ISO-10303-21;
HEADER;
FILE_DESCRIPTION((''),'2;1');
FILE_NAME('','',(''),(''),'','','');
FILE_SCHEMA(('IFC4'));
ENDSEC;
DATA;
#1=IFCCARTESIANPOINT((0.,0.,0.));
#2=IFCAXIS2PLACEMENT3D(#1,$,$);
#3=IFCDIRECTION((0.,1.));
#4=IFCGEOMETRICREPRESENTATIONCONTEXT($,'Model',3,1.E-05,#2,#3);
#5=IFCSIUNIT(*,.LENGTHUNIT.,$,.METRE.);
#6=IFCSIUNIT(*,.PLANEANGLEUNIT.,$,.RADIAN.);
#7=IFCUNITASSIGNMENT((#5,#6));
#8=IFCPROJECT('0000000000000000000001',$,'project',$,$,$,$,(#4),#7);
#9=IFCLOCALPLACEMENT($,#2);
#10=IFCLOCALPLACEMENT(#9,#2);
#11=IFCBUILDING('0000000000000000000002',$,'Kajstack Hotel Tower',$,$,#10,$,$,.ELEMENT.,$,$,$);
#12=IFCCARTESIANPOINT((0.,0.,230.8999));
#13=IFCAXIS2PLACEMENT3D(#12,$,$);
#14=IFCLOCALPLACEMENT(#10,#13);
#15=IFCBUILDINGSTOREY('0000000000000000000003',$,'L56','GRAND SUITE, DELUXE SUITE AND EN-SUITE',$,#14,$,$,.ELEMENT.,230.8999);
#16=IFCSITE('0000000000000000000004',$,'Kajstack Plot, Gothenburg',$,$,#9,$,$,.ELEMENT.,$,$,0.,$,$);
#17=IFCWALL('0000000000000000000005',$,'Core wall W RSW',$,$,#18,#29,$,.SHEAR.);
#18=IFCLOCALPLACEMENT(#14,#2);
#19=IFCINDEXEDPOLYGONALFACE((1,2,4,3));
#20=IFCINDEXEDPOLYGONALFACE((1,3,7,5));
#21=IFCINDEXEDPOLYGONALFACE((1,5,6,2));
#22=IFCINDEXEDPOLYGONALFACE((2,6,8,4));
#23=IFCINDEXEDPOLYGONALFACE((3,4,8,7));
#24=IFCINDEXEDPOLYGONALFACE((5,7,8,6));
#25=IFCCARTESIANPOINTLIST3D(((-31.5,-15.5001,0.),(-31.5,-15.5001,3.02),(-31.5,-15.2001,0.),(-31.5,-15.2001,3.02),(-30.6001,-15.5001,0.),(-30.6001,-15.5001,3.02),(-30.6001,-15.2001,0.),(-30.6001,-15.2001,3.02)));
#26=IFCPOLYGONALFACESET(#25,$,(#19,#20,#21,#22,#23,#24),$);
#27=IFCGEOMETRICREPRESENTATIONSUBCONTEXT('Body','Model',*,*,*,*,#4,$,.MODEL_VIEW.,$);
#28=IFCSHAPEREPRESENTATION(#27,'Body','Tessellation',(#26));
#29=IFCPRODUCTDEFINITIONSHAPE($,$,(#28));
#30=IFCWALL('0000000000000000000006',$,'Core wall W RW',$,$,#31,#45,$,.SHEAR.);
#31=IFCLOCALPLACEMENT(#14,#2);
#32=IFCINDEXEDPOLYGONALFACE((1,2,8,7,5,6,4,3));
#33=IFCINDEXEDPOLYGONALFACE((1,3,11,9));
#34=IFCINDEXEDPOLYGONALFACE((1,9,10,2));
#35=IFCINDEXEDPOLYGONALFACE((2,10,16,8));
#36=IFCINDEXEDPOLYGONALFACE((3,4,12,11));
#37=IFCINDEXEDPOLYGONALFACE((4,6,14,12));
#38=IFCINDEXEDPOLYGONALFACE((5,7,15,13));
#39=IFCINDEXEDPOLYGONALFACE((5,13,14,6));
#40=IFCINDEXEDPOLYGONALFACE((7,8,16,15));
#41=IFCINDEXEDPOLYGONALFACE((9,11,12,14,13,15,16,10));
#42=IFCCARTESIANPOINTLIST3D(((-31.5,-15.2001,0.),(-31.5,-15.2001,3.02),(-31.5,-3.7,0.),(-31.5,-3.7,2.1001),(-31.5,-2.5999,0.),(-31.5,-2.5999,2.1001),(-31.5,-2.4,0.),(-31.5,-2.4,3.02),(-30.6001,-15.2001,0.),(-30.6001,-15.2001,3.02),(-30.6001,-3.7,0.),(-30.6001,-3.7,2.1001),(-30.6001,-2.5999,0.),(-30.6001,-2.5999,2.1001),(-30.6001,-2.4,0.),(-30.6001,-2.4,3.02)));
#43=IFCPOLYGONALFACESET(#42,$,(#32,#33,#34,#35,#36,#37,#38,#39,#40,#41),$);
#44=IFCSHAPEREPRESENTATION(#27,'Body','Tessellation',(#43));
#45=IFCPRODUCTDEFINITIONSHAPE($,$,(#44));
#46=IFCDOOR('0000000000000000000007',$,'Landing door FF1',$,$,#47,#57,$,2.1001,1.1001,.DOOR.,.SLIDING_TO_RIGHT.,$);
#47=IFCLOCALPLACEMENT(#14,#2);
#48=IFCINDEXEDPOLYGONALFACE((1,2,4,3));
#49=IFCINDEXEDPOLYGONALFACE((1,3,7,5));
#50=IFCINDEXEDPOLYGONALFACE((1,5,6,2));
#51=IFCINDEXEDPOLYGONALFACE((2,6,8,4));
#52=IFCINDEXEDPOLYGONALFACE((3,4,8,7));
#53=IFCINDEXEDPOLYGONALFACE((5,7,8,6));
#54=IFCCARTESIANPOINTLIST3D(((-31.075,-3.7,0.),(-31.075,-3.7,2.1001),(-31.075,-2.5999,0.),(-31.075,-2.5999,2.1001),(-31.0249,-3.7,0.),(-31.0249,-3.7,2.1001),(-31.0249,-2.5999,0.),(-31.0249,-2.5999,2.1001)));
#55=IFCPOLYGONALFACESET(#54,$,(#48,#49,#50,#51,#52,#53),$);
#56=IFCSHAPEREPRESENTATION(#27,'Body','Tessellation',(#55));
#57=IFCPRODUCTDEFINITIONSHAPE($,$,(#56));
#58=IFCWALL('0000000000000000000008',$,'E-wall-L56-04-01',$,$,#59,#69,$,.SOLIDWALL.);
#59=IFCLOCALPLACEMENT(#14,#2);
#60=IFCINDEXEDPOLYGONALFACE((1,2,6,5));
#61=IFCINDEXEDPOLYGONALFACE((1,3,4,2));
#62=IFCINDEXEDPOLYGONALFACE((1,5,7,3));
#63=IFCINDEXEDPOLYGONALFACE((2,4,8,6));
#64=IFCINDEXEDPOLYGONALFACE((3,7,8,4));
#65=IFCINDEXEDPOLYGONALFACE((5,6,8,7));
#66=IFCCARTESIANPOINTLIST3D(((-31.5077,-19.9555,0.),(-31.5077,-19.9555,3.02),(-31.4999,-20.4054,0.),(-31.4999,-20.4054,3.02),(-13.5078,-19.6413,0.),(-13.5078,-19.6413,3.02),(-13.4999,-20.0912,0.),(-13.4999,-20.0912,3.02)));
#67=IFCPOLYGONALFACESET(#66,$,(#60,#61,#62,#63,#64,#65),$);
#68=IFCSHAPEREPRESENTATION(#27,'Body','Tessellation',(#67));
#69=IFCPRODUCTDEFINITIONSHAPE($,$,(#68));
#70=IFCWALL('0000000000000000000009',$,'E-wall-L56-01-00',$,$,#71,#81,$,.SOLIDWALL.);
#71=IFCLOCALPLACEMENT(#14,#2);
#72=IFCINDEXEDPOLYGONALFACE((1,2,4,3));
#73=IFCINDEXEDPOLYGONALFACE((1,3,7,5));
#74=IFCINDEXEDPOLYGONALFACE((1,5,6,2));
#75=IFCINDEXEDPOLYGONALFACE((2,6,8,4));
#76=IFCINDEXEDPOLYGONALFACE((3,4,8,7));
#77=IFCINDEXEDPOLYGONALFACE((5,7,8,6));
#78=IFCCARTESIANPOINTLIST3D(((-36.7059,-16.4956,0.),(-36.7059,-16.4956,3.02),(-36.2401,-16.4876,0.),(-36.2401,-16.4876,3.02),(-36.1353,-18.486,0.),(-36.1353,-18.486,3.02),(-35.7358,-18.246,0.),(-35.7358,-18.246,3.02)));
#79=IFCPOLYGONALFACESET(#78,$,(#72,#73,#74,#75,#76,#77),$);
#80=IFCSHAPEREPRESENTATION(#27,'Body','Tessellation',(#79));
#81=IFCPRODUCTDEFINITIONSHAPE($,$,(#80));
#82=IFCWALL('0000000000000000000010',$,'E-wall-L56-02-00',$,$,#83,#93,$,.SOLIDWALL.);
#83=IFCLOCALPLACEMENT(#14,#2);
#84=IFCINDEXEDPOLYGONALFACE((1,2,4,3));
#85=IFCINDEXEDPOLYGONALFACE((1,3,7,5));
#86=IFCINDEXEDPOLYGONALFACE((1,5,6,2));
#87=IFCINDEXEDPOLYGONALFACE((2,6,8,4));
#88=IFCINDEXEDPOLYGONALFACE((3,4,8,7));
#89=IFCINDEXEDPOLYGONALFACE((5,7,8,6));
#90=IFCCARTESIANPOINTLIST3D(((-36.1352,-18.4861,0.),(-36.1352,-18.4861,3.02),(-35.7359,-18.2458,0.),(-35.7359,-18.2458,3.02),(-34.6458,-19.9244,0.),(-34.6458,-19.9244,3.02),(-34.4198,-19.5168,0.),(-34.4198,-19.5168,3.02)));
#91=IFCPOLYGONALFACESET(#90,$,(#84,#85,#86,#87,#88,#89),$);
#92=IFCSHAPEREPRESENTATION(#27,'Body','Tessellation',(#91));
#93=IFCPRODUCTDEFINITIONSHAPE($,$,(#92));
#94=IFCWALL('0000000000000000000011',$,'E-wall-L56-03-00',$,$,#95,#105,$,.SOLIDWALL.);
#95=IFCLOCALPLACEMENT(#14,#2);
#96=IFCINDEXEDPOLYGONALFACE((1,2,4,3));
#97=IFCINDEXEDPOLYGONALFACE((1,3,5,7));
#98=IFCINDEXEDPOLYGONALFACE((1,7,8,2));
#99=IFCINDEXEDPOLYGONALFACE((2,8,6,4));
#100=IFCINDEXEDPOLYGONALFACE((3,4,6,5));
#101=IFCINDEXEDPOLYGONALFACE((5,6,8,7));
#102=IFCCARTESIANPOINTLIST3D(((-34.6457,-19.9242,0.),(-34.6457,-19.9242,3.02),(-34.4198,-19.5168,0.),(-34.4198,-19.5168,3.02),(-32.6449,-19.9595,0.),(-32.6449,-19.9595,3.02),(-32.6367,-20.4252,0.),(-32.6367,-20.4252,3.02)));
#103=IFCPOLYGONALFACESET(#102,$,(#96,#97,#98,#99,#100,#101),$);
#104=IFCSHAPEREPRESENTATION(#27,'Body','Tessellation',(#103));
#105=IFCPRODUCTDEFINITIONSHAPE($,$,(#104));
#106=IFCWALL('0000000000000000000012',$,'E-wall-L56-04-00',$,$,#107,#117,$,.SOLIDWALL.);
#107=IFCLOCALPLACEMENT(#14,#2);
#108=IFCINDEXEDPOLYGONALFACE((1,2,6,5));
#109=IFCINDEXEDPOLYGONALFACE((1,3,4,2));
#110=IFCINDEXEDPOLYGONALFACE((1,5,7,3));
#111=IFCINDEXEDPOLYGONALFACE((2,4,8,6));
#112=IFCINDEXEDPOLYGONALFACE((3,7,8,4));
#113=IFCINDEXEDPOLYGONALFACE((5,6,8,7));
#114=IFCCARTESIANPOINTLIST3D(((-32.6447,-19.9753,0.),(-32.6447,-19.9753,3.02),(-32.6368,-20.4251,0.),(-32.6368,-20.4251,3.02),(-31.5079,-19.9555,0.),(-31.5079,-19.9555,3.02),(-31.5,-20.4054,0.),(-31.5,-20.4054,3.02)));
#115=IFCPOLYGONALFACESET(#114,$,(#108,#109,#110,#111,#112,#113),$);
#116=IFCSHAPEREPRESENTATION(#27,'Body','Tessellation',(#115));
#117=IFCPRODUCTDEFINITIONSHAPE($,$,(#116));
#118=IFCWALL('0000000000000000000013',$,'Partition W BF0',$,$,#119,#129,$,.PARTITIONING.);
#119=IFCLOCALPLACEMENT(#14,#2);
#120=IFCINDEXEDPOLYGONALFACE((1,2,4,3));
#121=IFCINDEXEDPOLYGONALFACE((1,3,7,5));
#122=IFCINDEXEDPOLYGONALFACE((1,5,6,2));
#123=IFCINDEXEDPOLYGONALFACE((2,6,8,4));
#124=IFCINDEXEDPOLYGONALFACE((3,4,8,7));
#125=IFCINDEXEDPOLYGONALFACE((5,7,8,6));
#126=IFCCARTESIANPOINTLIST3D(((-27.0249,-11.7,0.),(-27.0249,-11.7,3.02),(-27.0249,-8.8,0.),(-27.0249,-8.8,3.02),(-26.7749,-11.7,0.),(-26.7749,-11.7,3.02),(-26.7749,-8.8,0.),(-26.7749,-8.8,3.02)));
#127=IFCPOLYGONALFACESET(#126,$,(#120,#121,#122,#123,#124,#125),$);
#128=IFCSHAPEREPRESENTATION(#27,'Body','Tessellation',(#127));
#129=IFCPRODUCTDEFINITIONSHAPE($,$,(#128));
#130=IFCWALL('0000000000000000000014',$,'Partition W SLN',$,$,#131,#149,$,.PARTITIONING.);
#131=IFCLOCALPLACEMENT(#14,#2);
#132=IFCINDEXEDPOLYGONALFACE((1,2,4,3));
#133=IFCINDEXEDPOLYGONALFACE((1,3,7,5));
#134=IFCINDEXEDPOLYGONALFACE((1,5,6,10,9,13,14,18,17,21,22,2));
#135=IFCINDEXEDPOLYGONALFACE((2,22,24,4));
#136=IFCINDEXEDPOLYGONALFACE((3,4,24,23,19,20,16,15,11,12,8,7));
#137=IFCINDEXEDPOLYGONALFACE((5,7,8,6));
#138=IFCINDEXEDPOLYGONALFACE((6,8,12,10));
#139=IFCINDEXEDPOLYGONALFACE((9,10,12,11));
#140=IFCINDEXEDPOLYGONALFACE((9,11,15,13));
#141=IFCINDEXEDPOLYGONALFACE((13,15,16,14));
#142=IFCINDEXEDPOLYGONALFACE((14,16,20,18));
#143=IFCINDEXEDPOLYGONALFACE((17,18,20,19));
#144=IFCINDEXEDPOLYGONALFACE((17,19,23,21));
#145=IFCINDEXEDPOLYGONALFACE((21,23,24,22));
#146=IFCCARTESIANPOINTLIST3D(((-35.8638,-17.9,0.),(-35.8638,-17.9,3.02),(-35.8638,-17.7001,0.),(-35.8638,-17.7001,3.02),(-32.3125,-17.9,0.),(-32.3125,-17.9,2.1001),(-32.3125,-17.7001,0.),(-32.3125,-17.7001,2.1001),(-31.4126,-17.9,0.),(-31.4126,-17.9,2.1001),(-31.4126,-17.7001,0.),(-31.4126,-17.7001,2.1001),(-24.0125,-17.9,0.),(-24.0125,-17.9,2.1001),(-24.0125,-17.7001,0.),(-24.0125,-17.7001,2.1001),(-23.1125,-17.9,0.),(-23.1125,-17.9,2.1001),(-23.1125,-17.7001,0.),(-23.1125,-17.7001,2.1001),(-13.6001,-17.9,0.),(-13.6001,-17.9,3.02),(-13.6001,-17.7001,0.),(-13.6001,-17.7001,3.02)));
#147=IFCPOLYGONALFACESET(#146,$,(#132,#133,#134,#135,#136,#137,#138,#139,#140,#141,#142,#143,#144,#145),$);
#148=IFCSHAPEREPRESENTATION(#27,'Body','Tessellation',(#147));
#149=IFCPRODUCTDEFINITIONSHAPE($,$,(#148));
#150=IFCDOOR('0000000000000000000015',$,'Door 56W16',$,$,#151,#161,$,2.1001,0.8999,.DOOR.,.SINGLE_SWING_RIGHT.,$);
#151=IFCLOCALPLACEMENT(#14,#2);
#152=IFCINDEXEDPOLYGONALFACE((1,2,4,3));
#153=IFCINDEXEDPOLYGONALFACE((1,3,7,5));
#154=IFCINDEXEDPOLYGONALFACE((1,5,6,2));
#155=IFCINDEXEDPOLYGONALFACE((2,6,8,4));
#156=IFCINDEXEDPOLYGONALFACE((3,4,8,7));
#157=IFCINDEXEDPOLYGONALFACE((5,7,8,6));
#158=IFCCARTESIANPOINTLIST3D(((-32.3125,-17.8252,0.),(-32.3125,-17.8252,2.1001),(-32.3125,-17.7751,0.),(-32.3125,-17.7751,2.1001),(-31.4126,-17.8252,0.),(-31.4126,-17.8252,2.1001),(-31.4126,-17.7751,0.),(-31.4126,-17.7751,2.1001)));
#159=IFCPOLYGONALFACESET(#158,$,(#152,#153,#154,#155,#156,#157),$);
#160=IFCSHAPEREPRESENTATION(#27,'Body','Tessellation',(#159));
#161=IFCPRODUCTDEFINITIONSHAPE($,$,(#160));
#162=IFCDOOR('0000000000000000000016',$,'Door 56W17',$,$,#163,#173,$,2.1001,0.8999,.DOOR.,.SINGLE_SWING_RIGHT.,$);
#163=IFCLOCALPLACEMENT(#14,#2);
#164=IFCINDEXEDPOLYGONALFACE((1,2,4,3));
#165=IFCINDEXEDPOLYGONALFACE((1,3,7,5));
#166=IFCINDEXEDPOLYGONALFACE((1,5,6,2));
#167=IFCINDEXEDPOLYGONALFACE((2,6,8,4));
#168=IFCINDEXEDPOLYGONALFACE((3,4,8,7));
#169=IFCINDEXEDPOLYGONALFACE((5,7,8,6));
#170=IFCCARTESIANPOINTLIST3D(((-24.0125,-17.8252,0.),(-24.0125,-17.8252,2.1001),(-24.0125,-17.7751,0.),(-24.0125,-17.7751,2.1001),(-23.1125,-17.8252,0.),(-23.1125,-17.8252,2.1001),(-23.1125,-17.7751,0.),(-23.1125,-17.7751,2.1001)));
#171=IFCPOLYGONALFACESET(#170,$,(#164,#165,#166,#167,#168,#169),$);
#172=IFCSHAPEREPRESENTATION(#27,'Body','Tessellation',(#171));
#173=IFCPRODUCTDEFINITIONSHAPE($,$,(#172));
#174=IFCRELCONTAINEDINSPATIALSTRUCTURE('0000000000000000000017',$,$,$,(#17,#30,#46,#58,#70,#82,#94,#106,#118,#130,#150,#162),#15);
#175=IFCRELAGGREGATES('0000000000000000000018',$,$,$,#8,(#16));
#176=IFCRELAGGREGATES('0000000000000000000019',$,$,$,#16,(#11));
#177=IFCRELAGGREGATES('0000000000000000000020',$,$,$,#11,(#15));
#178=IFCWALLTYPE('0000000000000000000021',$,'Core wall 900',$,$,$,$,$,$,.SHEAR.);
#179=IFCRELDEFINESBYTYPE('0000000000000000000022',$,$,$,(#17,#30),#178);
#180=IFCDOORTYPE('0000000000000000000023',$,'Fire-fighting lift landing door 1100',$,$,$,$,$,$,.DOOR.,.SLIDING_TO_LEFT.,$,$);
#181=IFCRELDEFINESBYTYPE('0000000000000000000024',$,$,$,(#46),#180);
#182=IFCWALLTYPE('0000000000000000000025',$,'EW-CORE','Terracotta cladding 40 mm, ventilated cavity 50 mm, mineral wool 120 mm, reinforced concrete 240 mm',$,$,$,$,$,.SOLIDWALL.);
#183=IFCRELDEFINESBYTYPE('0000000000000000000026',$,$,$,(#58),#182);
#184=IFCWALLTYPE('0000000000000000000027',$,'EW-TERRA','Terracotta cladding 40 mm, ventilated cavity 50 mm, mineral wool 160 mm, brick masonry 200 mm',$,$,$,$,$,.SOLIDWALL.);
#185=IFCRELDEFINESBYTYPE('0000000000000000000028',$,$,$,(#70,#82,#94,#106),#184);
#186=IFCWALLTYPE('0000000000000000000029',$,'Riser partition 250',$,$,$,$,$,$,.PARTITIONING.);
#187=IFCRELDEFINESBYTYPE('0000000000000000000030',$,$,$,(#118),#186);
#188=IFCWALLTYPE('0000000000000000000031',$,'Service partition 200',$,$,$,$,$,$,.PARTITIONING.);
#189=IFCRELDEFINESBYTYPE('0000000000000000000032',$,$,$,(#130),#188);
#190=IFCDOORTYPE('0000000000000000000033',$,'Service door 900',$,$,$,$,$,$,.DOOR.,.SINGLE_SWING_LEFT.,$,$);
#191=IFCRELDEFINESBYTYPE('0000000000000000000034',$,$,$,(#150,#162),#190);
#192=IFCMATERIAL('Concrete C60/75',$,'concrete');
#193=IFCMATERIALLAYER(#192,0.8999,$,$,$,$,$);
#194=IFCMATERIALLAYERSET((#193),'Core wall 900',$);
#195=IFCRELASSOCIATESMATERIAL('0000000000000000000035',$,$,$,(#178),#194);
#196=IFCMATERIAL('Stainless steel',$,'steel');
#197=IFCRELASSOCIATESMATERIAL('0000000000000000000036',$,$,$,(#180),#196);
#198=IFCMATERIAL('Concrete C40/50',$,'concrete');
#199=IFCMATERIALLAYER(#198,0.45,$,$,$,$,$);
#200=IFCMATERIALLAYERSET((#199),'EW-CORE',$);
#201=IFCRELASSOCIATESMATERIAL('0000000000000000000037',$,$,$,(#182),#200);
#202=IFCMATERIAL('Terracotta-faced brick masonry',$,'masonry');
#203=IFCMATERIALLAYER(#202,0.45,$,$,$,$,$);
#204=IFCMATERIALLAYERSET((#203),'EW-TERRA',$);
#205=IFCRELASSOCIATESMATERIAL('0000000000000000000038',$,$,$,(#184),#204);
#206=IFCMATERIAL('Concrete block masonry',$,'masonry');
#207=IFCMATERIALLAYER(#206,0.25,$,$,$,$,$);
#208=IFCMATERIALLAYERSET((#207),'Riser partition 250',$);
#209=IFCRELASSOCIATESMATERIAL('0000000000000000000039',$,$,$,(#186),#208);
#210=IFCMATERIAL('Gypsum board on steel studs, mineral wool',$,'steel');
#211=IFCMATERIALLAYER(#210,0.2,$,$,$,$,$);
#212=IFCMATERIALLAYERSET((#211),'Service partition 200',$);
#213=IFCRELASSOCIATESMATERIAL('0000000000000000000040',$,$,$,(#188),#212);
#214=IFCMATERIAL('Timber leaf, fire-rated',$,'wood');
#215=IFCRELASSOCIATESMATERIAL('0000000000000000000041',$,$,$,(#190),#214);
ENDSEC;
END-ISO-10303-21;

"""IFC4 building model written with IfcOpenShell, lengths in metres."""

from ifc_helpers import new_model, si_unit, direction, frame, frame_2d, origin, place, context, subcontext, project, spatial, polyline, rectangle, outline, extrude, material, layer, layer_set, type_object, element, fill, save


model = new_model("IFC4")

# Units and contexts
model_context = context("Model", 3, precision=1e-05, world=origin(), true_north=direction((0.0, 1.0)))
body_context = subcontext(model_context, "Body", "Model", "MODEL_VIEW")
ifc_project = project(units=[si_unit("LENGTHUNIT", "METRE"), si_unit("PLANEANGLEUNIT", "RADIAN")], contexts=[model_context])

# Site, building, storey
site_placement = place(None, origin())
site = spatial("IfcSite", under=ifc_project, at=site_placement, Name="Kajstack Plot, Gothenburg", CompositionType="ELEMENT", RefElevation=0.0)
building_placement = place(site_placement, origin())
building = spatial("IfcBuilding", under=site, at=building_placement, Name="Kajstack Hotel Tower", CompositionType="ELEMENT")
storey_placement = place(building_placement, frame((0.0, 0.0, 230.8999)))
storey = spatial("IfcBuildingStorey", under=building, at=storey_placement, Name="L56", Description="GRAND SUITE, DELUXE SUITE AND EN-SUITE", CompositionType="ELEMENT", Elevation=230.8999)

# Wall
ifc_material_1 = material(Name="Concrete C60/75", Category="concrete")
ifc_layer_1 = layer(ifc_material_1, 0.8999)
ifc_layer_set_1 = layer_set([ifc_layer_1], Name="Core wall 900")
wall_type_1 = type_object("IfcWallType", Name="Core wall 900", PredefinedType="SHEAR", material=ifc_layer_set_1)
wall_1_placement = place(storey_placement, frame((-31.5, -15.3501, 0.0), z_axis=(0.0, 0.0, 1.0), x_axis=(1.0, 0.0, 0.0)))
element("IfcWall", 1, at=wall_1_placement, inside=storey, type_object=wall_type_1, Name="Core wall W RSW", PredefinedType="SHEAR", context=body_context, shape_type="SweptSolid", body=[
    extrude(rectangle(XDim=0.8999, YDim=0.3, at=frame_2d((0.45, 0.0))), origin(), (0.0, 0.0, 1.0), 3.02),
])

# Wall, opening, door
wall_2_placement = place(storey_placement, frame((-31.05, -15.2, 0.0), z_axis=(0.0, 0.0, 1.0), x_axis=(0.0, 1.0, 0.0)))
wall_2 = element("IfcWall", 2, at=wall_2_placement, inside=storey, type_object=wall_type_1, Name="Core wall W RW", PredefinedType="SHEAR", context=body_context, shape_type="SweptSolid", body=[
    extrude(rectangle(XDim=12.8, YDim=0.8999, at=frame_2d((6.3999, 0.0))), origin(), (0.0, 0.0, 1.0), 3.02),
])
opening_1_placement = place(wall_2_placement, frame((11.5, 0.0, 0.0)))
opening_1 = element("IfcOpeningElement", 3, at=opening_1_placement, cuts=wall_2, PredefinedType="OPENING", context=body_context, shape_type="SweptSolid", body=[
    extrude(rectangle(XDim=1.1001, YDim=2.1001, at=frame_2d((0.55, 1.05))), frame((0.0, 0.46, 0.0), z_axis=(0.0, -1.0, 0.0), x_axis=(1.0, 0.0, 0.0)), (0.0, 0.0, 1.0), 0.9199),
])
ifc_material_2 = material(Name="Stainless steel", Category="steel")
door_type_1 = type_object("IfcDoorType", Name="Fire-fighting lift landing door 1100", OperationType="SLIDING_TO_LEFT", PredefinedType="DOOR", material=ifc_material_2)
door_1_placement = place(opening_1_placement, origin())
door_1 = element("IfcDoor", 4, at=door_1_placement, inside=storey, type_object=door_type_1, Name="Landing door FF1", OperationType="SLIDING_TO_RIGHT", OverallHeight=2.1001, OverallWidth=1.1001, PredefinedType="DOOR", context=body_context, shape_type="SweptSolid", body=[
    extrude(rectangle(XDim=1.1001, YDim=2.1001, at=frame_2d((0.55, 1.05))), frame((0.0, 0.0249, 0.0), z_axis=(0.0, -1.0, 0.0), x_axis=(1.0, 0.0, 0.0)), (0.0, 0.0, 1.0), 0.05),
])
fill(opening_1, door_1)

# Walls
ifc_material_3 = material(Name="Concrete C40/50", Category="concrete")
ifc_layer_2 = layer(ifc_material_3, 0.45)
ifc_layer_set_2 = layer_set([ifc_layer_2], Name="EW-CORE")
wall_type_2 = type_object("IfcWallType", Name="EW-CORE", Description="Terracotta cladding 40 mm, ventilated cavity 50 mm, mineral wool 120 mm, reinforced concrete 240 mm", PredefinedType="SOLIDWALL", material=ifc_layer_set_2)
wall_3_placement = place(storey_placement, frame((-31.5039, -20.1804, 0.0), z_axis=(0.0, 0.0, 1.0), x_axis=(0.999848, 0.017453, 0.0)))
element("IfcWall", 5, at=wall_3_placement, inside=storey, type_object=wall_type_2, Name="E-wall-L56-04-01", PredefinedType="SOLIDWALL", context=body_context, shape_type="SweptSolid", body=[
    extrude(rectangle(XDim=18.0027, YDim=0.45, at=frame_2d((9.0015, 0.0))), origin(), (0.0, 0.0, 1.0), 3.02),
])
ifc_material_4 = material(Name="Terracotta-faced brick masonry", Category="masonry")
ifc_layer_3 = layer(ifc_material_4, 0.45)
ifc_layer_set_3 = layer_set([ifc_layer_3], Name="EW-TERRA")
wall_type_3 = type_object("IfcWallType", Name="EW-TERRA", Description="Terracotta cladding 40 mm, ventilated cavity 50 mm, mineral wool 160 mm, brick masonry 200 mm", PredefinedType="SOLIDWALL", material=ifc_layer_set_3)
wall_4_placement = place(storey_placement, frame((-36.4895, -16.4336, 0.0), z_axis=(0.0, 0.0, 1.0), x_axis=(0.275578, -0.961279, 0.0)))
element("IfcWall", 6, at=wall_4_placement, inside=storey, type_object=wall_type_3, Name="E-wall-L56-01-00", PredefinedType="SOLIDWALL", context=body_context, shape_type="SweptSolid", body=[
    extrude(outline(polyline([(0.0, -0.2251), (2.0706, -0.2251), (1.95, 0.2251), (0.1206, 0.2249), (0.0, -0.2251)])), origin(), (0.0, 0.0, 1.0), 3.02),
])
wall_5_placement = place(storey_placement, frame((-35.979, -18.324, 0.0), z_axis=(0.0, 0.0, 1.0), x_axis=(0.71932, -0.694679, 0.0)))
element("IfcWall", 7, at=wall_5_placement, inside=storey, type_object=wall_type_3, Name="E-wall-L56-02-00", PredefinedType="SOLIDWALL", context=body_context, shape_type="SweptSolid", body=[
    extrude(outline(polyline([(0.0002, -0.2251), (2.0708, -0.2251), (1.9502, 0.2251), (0.1206, 0.2251), (0.0002, -0.2251)])), origin(), (0.0, 0.0, 1.0), 3.02),
])
wall_6_placement = place(storey_placement, frame((-34.5913, -19.7061, 0.0), z_axis=(0.0, 0.0, 1.0), x_axis=(0.970316, -0.241842, 0.0)))
element("IfcWall", 8, at=wall_6_placement, inside=storey, type_object=wall_type_3, Name="E-wall-L56-03-00", PredefinedType="SOLIDWALL", context=body_context, shape_type="SweptSolid", body=[
    extrude(outline(polyline([(0.0, -0.2249), (2.0706, -0.2251), (1.95, 0.2249), (0.1206, 0.2251), (0.0, -0.2249)])), origin(), (0.0, 0.0, 1.0), 3.02),
])
wall_7_placement = place(storey_placement, frame((-32.6406, -20.2002, 0.0), z_axis=(0.0, 0.0, 1.0), x_axis=(0.999849, 0.017394, 0.0)))
element("IfcWall", 9, at=wall_7_placement, inside=storey, type_object=wall_type_3, Name="E-wall-L56-04-00", PredefinedType="SOLIDWALL", context=body_context, shape_type="SweptSolid", body=[
    extrude(rectangle(XDim=1.137, YDim=0.45, at=frame_2d((0.5684, 0.0))), origin(), (0.0, 0.0, 1.0), 3.02),
])
ifc_material_5 = material(Name="Concrete block masonry", Category="masonry")
ifc_layer_4 = layer(ifc_material_5, 0.25)
ifc_layer_set_4 = layer_set([ifc_layer_4], Name="Riser partition 250")
wall_type_4 = type_object("IfcWallType", Name="Riser partition 250", PredefinedType="PARTITIONING", material=ifc_layer_set_4)
wall_8_placement = place(storey_placement, frame((-26.8999, -11.7, 0.0), z_axis=(0.0, 0.0, 1.0), x_axis=(0.0, 1.0, 0.0)))
element("IfcWall", 10, at=wall_8_placement, inside=storey, type_object=wall_type_4, Name="Partition W BF0", PredefinedType="PARTITIONING", context=body_context, shape_type="SweptSolid", body=[
    extrude(rectangle(XDim=2.8999, YDim=0.25, at=frame_2d((1.45, 0.0))), origin(), (0.0, 0.0, 1.0), 3.02),
])

# Wall, openings, doors
ifc_material_6 = material(Name="Gypsum board on steel studs, mineral wool", Category="steel")
ifc_layer_5 = layer(ifc_material_6, 0.2)
ifc_layer_set_5 = layer_set([ifc_layer_5], Name="Service partition 200")
wall_type_5 = type_object("IfcWallType", Name="Service partition 200", PredefinedType="PARTITIONING", material=ifc_layer_set_5)
wall_9_placement = place(storey_placement, frame((-35.8638, -17.8, 0.0), z_axis=(0.0, 0.0, 1.0), x_axis=(1.0, 0.0, 0.0)))
wall_9 = element("IfcWall", 11, at=wall_9_placement, inside=storey, type_object=wall_type_5, Name="Partition W SLN", PredefinedType="PARTITIONING", context=body_context, shape_type="SweptSolid", body=[
    extrude(rectangle(XDim=22.2637, YDim=0.2, at=frame_2d((11.1318, 0.0))), origin(), (0.0, 0.0, 1.0), 3.02),
])
opening_2_placement = place(wall_9_placement, frame((3.5513, 0.0, 0.0)))
opening_2 = element("IfcOpeningElement", 12, at=opening_2_placement, cuts=wall_9, PredefinedType="OPENING", context=body_context, shape_type="SweptSolid", body=[
    extrude(rectangle(XDim=0.8999, YDim=2.1001, at=frame_2d((0.45, 1.05))), frame((0.0, 0.1099, 0.0), z_axis=(0.0, -1.0, 0.0), x_axis=(1.0, 0.0, 0.0)), (0.0, 0.0, 1.0), 0.22),
])
opening_3_placement = place(wall_9_placement, frame((11.8513, 0.0, 0.0)))
opening_3 = element("IfcOpeningElement", 13, at=opening_3_placement, cuts=wall_9, PredefinedType="OPENING", context=body_context, shape_type="SweptSolid", body=[
    extrude(rectangle(XDim=0.8999, YDim=2.1001, at=frame_2d((0.45, 1.05))), frame((0.0, 0.1099, 0.0), z_axis=(0.0, -1.0, 0.0), x_axis=(1.0, 0.0, 0.0)), (0.0, 0.0, 1.0), 0.22),
])
ifc_material_7 = material(Name="Timber leaf, fire-rated", Category="wood")
door_type_2 = type_object("IfcDoorType", Name="Service door 900", OperationType="SINGLE_SWING_LEFT", PredefinedType="DOOR", material=ifc_material_7)
door_2_placement = place(opening_2_placement, origin())
door_2 = element("IfcDoor", 14, at=door_2_placement, inside=storey, type_object=door_type_2, Name="Door 56W16", OperationType="SINGLE_SWING_RIGHT", OverallHeight=2.1001, OverallWidth=0.8999, PredefinedType="DOOR", context=body_context, shape_type="SweptSolid", body=[
    extrude(rectangle(XDim=0.8999, YDim=2.1001, at=frame_2d((0.45, 1.05))), frame((0.0, 0.0249, 0.0), z_axis=(0.0, -1.0, 0.0), x_axis=(1.0, 0.0, 0.0)), (0.0, 0.0, 1.0), 0.05),
])
fill(opening_2, door_2)
door_3_placement = place(opening_3_placement, origin())
door_3 = element("IfcDoor", 15, at=door_3_placement, inside=storey, type_object=door_type_2, Name="Door 56W17", OperationType="SINGLE_SWING_RIGHT", OverallHeight=2.1001, OverallWidth=0.8999, PredefinedType="DOOR", context=body_context, shape_type="SweptSolid", body=[
    extrude(rectangle(XDim=0.8999, YDim=2.1001, at=frame_2d((0.45, 1.05))), frame((0.0, 0.0249, 0.0), z_axis=(0.0, -1.0, 0.0), x_axis=(1.0, 0.0, 0.0)), (0.0, 0.0, 1.0), 0.05),
])
fill(opening_3, door_3)

save(model, "model.ifc")
